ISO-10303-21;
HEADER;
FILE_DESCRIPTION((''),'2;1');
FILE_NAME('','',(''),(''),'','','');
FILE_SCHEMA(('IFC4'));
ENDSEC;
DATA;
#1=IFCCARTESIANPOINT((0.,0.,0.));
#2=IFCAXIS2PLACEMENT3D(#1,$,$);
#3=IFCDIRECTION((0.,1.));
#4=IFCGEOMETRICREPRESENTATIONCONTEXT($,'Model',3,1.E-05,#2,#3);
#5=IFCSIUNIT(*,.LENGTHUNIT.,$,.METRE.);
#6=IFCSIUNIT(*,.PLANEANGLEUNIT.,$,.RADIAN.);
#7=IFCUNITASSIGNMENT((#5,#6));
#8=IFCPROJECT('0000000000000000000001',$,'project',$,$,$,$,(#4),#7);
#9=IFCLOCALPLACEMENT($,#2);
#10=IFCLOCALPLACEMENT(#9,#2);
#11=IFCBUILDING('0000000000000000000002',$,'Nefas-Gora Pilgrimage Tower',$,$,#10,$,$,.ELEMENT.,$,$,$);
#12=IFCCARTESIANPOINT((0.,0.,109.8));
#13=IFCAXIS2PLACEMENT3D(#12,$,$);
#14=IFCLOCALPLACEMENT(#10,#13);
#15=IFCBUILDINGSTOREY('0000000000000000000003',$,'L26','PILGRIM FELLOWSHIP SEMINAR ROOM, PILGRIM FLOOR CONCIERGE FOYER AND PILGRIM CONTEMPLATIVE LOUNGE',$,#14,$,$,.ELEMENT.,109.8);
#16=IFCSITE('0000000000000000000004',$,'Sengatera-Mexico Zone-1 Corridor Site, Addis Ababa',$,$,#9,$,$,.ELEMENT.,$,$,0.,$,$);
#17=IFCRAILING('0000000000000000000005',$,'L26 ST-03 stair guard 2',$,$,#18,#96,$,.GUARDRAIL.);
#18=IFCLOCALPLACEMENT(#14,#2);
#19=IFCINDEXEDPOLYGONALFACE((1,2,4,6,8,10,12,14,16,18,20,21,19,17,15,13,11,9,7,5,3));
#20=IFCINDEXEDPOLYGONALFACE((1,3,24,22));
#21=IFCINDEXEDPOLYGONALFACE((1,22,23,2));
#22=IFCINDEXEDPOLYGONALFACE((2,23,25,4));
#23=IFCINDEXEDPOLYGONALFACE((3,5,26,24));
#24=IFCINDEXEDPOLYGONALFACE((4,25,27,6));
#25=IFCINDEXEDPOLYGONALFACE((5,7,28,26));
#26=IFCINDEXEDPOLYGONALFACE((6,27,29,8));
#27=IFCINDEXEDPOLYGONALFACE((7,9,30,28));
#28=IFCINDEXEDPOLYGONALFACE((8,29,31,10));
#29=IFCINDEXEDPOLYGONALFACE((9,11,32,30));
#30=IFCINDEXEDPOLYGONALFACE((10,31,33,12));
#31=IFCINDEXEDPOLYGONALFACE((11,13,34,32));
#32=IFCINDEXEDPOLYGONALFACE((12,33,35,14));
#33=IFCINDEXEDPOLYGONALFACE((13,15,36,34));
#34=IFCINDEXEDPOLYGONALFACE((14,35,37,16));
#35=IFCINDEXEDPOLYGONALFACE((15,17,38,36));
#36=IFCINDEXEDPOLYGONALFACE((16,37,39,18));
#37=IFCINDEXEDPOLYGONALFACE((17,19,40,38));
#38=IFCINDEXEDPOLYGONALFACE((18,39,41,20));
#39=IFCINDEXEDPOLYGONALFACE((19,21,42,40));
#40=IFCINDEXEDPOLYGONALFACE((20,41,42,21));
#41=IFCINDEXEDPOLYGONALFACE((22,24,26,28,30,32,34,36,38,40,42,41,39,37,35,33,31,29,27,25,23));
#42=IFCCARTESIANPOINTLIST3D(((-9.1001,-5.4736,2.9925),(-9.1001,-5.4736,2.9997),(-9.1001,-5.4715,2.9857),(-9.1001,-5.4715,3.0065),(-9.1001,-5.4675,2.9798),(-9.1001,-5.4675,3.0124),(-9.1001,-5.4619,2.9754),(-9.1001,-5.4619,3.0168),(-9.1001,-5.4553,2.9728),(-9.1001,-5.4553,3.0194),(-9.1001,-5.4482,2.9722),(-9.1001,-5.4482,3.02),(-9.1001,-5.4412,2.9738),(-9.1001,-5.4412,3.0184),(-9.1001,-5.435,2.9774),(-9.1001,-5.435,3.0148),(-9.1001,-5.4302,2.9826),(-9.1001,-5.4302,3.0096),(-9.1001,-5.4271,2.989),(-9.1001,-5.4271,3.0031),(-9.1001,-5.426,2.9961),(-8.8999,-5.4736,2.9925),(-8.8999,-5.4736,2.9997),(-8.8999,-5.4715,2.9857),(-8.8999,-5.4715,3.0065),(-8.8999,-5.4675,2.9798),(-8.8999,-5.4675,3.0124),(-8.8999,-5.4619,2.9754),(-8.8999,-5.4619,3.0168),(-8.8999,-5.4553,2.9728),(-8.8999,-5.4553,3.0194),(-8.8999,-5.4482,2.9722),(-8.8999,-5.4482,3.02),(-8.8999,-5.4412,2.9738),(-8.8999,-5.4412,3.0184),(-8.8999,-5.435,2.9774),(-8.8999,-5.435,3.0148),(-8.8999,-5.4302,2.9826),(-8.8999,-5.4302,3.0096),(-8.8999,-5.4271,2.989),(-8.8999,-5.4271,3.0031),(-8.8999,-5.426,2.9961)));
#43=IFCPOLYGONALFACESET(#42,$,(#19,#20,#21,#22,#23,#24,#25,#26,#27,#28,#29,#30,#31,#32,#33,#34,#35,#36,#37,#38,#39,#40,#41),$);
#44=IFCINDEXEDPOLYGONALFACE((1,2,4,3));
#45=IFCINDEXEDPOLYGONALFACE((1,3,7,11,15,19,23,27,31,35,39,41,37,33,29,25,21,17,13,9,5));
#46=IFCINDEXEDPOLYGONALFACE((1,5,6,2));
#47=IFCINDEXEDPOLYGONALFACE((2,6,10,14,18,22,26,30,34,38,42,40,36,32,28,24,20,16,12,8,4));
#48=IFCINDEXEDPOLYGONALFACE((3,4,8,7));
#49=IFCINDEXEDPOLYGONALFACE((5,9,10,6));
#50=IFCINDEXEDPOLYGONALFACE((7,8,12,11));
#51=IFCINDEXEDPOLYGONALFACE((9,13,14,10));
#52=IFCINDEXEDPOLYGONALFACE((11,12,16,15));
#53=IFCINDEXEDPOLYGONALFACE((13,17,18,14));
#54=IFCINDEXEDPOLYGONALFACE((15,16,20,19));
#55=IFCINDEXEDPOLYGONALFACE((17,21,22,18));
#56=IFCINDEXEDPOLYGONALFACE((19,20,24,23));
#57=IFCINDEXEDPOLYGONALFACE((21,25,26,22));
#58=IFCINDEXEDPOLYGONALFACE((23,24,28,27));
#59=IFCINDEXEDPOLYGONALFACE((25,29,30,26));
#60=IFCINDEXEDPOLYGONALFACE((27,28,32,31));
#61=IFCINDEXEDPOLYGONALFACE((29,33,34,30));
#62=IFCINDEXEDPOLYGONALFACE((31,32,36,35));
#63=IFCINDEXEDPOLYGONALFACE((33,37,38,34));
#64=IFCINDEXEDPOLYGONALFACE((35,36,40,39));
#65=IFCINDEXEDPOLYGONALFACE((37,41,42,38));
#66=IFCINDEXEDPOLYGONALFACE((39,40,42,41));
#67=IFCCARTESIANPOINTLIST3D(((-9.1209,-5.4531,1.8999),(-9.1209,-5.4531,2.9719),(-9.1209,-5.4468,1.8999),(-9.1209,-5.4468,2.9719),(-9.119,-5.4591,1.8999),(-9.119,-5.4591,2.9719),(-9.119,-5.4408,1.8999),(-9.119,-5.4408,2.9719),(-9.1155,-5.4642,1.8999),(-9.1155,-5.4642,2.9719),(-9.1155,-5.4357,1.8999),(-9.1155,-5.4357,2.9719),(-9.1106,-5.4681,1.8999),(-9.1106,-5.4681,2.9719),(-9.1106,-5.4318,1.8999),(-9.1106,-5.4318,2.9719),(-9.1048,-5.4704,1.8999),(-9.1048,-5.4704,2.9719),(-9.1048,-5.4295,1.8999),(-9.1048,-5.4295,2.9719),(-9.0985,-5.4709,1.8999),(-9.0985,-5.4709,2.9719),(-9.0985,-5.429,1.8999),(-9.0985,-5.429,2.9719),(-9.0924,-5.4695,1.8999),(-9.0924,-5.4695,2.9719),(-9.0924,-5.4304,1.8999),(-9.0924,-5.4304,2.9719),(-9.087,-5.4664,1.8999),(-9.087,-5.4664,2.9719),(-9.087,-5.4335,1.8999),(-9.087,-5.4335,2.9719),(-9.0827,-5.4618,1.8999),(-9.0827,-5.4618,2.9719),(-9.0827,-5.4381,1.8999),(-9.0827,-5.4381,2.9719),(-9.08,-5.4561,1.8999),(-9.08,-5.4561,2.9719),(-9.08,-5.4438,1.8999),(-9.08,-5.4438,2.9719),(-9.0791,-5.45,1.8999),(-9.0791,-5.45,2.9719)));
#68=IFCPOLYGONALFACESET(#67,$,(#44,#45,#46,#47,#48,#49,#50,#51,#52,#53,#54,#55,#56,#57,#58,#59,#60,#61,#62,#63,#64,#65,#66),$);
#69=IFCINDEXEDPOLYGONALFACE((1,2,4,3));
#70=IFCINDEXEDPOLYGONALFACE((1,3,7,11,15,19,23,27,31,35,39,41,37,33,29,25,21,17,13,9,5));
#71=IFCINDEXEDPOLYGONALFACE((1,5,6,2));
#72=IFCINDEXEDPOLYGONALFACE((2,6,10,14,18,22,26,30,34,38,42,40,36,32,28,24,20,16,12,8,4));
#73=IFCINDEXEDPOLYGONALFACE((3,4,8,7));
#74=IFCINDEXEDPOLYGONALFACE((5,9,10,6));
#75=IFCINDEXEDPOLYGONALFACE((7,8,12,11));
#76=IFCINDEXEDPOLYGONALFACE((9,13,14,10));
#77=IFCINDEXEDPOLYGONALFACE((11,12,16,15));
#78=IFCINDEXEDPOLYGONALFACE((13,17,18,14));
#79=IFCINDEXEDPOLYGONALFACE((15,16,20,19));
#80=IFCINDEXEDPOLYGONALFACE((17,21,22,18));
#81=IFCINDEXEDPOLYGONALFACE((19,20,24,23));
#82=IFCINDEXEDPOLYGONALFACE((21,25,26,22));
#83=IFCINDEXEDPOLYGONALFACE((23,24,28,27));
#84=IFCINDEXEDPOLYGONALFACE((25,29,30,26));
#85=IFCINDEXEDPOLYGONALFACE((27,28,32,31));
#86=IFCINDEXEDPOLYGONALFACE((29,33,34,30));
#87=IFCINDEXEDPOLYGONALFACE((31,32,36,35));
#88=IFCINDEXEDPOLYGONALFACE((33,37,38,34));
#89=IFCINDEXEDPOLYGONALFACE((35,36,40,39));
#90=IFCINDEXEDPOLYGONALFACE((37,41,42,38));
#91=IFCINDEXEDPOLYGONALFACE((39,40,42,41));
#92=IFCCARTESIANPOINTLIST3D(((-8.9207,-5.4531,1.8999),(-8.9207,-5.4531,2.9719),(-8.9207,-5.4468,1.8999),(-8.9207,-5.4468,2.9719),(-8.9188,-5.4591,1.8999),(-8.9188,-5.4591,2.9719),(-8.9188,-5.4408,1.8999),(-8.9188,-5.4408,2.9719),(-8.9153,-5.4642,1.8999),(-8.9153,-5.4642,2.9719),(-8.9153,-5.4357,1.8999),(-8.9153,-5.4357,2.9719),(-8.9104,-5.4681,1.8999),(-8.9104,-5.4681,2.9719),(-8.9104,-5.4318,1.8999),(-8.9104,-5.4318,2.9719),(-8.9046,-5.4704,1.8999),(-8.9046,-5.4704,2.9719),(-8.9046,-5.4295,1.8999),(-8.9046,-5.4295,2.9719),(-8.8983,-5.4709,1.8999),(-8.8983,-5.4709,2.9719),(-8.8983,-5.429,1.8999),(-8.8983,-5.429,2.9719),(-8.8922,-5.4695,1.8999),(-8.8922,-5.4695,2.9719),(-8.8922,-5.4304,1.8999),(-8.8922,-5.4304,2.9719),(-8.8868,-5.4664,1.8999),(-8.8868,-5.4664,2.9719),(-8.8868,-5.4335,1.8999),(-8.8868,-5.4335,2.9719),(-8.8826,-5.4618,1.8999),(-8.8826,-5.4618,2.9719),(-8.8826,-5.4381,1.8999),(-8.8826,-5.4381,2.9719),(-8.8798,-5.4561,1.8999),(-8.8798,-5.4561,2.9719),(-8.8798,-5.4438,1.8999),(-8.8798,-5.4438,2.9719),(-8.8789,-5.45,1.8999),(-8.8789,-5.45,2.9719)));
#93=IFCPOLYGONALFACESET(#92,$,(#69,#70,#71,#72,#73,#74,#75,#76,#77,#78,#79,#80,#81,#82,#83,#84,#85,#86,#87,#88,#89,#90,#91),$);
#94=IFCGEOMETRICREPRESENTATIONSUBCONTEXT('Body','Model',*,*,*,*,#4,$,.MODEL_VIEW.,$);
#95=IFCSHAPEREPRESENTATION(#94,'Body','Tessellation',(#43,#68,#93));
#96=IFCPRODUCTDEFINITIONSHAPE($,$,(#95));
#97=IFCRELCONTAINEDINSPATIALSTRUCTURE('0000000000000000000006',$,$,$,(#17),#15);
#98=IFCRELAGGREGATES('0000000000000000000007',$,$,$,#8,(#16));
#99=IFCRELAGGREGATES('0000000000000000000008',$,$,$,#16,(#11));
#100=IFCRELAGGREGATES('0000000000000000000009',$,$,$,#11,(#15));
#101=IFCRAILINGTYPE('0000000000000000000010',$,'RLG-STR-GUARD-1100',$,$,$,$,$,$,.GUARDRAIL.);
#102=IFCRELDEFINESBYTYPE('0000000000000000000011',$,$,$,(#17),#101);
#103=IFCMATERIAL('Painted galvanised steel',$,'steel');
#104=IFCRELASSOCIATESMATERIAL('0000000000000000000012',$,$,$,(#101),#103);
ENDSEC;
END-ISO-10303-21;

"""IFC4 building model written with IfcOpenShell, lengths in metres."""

from ifc_helpers import new_model, si_unit, direction, frame, origin, origin_2d, place, context, subcontext, project, spatial, circle, extrude, material, type_object, element, save


model = new_model("IFC4")

# Units and contexts
model_context = context("Model", 3, precision=1e-05, world=origin(), true_north=direction((0.0, 1.0)))
body_context = subcontext(model_context, "Body", "Model", "MODEL_VIEW")
ifc_project = project(units=[si_unit("LENGTHUNIT", "METRE"), si_unit("PLANEANGLEUNIT", "RADIAN")], contexts=[model_context])

# Site, building, storey
site_placement = place(None, origin())
site = spatial("IfcSite", under=ifc_project, at=site_placement, Name="Sengatera-Mexico Zone-1 Corridor Site, Addis Ababa", CompositionType="ELEMENT", RefElevation=0.0)
building_placement = place(site_placement, origin())
building = spatial("IfcBuilding", under=site, at=building_placement, Name="Nefas-Gora Pilgrimage Tower", CompositionType="ELEMENT")
storey_placement = place(building_placement, frame((0.0, 0.0, 109.8)))
storey = spatial("IfcBuildingStorey", under=building, at=storey_placement, Name="L26", Description="PILGRIM FELLOWSHIP SEMINAR ROOM, PILGRIM FLOOR CONCIERGE FOYER AND PILGRIM CONTEMPLATIVE LOUNGE", CompositionType="ELEMENT", Elevation=109.8)

# Railing
ifc_material_1 = material(Name="Painted galvanised steel", Category="steel")
railing_type_1 = type_object("IfcRailingType", Name="RLG-STR-GUARD-1100", PredefinedType="GUARDRAIL", material=ifc_material_1)
railing_1_placement = place(storey_placement, frame((-9.1001, -5.45, 1.8999)))
element("IfcRailing", 1, at=railing_1_placement, inside=storey, type_object=railing_type_1, Name="L26 ST-03 stair guard 2", PredefinedType="GUARDRAIL", context=body_context, shape_type="SweptSolid", body=[
    extrude(circle(Radius=0.0239, at=origin_2d()), frame((0.0, 0.0, 1.0962), z_axis=(1.0, 0.0, 0.0), x_axis=(0.0, 1.0, 0.0)), (0.0, 0.0, 1.0), 0.2002),
    extrude(circle(Radius=0.021, at=origin_2d()), origin(), (0.0, 0.0, 1.0), 1.072),
    extrude(circle(Radius=0.021, at=origin_2d()), frame((0.2002, 0.0, 0.0)), (0.0, 0.0, 1.0), 1.072),
])

save(model, "model.ifc")
